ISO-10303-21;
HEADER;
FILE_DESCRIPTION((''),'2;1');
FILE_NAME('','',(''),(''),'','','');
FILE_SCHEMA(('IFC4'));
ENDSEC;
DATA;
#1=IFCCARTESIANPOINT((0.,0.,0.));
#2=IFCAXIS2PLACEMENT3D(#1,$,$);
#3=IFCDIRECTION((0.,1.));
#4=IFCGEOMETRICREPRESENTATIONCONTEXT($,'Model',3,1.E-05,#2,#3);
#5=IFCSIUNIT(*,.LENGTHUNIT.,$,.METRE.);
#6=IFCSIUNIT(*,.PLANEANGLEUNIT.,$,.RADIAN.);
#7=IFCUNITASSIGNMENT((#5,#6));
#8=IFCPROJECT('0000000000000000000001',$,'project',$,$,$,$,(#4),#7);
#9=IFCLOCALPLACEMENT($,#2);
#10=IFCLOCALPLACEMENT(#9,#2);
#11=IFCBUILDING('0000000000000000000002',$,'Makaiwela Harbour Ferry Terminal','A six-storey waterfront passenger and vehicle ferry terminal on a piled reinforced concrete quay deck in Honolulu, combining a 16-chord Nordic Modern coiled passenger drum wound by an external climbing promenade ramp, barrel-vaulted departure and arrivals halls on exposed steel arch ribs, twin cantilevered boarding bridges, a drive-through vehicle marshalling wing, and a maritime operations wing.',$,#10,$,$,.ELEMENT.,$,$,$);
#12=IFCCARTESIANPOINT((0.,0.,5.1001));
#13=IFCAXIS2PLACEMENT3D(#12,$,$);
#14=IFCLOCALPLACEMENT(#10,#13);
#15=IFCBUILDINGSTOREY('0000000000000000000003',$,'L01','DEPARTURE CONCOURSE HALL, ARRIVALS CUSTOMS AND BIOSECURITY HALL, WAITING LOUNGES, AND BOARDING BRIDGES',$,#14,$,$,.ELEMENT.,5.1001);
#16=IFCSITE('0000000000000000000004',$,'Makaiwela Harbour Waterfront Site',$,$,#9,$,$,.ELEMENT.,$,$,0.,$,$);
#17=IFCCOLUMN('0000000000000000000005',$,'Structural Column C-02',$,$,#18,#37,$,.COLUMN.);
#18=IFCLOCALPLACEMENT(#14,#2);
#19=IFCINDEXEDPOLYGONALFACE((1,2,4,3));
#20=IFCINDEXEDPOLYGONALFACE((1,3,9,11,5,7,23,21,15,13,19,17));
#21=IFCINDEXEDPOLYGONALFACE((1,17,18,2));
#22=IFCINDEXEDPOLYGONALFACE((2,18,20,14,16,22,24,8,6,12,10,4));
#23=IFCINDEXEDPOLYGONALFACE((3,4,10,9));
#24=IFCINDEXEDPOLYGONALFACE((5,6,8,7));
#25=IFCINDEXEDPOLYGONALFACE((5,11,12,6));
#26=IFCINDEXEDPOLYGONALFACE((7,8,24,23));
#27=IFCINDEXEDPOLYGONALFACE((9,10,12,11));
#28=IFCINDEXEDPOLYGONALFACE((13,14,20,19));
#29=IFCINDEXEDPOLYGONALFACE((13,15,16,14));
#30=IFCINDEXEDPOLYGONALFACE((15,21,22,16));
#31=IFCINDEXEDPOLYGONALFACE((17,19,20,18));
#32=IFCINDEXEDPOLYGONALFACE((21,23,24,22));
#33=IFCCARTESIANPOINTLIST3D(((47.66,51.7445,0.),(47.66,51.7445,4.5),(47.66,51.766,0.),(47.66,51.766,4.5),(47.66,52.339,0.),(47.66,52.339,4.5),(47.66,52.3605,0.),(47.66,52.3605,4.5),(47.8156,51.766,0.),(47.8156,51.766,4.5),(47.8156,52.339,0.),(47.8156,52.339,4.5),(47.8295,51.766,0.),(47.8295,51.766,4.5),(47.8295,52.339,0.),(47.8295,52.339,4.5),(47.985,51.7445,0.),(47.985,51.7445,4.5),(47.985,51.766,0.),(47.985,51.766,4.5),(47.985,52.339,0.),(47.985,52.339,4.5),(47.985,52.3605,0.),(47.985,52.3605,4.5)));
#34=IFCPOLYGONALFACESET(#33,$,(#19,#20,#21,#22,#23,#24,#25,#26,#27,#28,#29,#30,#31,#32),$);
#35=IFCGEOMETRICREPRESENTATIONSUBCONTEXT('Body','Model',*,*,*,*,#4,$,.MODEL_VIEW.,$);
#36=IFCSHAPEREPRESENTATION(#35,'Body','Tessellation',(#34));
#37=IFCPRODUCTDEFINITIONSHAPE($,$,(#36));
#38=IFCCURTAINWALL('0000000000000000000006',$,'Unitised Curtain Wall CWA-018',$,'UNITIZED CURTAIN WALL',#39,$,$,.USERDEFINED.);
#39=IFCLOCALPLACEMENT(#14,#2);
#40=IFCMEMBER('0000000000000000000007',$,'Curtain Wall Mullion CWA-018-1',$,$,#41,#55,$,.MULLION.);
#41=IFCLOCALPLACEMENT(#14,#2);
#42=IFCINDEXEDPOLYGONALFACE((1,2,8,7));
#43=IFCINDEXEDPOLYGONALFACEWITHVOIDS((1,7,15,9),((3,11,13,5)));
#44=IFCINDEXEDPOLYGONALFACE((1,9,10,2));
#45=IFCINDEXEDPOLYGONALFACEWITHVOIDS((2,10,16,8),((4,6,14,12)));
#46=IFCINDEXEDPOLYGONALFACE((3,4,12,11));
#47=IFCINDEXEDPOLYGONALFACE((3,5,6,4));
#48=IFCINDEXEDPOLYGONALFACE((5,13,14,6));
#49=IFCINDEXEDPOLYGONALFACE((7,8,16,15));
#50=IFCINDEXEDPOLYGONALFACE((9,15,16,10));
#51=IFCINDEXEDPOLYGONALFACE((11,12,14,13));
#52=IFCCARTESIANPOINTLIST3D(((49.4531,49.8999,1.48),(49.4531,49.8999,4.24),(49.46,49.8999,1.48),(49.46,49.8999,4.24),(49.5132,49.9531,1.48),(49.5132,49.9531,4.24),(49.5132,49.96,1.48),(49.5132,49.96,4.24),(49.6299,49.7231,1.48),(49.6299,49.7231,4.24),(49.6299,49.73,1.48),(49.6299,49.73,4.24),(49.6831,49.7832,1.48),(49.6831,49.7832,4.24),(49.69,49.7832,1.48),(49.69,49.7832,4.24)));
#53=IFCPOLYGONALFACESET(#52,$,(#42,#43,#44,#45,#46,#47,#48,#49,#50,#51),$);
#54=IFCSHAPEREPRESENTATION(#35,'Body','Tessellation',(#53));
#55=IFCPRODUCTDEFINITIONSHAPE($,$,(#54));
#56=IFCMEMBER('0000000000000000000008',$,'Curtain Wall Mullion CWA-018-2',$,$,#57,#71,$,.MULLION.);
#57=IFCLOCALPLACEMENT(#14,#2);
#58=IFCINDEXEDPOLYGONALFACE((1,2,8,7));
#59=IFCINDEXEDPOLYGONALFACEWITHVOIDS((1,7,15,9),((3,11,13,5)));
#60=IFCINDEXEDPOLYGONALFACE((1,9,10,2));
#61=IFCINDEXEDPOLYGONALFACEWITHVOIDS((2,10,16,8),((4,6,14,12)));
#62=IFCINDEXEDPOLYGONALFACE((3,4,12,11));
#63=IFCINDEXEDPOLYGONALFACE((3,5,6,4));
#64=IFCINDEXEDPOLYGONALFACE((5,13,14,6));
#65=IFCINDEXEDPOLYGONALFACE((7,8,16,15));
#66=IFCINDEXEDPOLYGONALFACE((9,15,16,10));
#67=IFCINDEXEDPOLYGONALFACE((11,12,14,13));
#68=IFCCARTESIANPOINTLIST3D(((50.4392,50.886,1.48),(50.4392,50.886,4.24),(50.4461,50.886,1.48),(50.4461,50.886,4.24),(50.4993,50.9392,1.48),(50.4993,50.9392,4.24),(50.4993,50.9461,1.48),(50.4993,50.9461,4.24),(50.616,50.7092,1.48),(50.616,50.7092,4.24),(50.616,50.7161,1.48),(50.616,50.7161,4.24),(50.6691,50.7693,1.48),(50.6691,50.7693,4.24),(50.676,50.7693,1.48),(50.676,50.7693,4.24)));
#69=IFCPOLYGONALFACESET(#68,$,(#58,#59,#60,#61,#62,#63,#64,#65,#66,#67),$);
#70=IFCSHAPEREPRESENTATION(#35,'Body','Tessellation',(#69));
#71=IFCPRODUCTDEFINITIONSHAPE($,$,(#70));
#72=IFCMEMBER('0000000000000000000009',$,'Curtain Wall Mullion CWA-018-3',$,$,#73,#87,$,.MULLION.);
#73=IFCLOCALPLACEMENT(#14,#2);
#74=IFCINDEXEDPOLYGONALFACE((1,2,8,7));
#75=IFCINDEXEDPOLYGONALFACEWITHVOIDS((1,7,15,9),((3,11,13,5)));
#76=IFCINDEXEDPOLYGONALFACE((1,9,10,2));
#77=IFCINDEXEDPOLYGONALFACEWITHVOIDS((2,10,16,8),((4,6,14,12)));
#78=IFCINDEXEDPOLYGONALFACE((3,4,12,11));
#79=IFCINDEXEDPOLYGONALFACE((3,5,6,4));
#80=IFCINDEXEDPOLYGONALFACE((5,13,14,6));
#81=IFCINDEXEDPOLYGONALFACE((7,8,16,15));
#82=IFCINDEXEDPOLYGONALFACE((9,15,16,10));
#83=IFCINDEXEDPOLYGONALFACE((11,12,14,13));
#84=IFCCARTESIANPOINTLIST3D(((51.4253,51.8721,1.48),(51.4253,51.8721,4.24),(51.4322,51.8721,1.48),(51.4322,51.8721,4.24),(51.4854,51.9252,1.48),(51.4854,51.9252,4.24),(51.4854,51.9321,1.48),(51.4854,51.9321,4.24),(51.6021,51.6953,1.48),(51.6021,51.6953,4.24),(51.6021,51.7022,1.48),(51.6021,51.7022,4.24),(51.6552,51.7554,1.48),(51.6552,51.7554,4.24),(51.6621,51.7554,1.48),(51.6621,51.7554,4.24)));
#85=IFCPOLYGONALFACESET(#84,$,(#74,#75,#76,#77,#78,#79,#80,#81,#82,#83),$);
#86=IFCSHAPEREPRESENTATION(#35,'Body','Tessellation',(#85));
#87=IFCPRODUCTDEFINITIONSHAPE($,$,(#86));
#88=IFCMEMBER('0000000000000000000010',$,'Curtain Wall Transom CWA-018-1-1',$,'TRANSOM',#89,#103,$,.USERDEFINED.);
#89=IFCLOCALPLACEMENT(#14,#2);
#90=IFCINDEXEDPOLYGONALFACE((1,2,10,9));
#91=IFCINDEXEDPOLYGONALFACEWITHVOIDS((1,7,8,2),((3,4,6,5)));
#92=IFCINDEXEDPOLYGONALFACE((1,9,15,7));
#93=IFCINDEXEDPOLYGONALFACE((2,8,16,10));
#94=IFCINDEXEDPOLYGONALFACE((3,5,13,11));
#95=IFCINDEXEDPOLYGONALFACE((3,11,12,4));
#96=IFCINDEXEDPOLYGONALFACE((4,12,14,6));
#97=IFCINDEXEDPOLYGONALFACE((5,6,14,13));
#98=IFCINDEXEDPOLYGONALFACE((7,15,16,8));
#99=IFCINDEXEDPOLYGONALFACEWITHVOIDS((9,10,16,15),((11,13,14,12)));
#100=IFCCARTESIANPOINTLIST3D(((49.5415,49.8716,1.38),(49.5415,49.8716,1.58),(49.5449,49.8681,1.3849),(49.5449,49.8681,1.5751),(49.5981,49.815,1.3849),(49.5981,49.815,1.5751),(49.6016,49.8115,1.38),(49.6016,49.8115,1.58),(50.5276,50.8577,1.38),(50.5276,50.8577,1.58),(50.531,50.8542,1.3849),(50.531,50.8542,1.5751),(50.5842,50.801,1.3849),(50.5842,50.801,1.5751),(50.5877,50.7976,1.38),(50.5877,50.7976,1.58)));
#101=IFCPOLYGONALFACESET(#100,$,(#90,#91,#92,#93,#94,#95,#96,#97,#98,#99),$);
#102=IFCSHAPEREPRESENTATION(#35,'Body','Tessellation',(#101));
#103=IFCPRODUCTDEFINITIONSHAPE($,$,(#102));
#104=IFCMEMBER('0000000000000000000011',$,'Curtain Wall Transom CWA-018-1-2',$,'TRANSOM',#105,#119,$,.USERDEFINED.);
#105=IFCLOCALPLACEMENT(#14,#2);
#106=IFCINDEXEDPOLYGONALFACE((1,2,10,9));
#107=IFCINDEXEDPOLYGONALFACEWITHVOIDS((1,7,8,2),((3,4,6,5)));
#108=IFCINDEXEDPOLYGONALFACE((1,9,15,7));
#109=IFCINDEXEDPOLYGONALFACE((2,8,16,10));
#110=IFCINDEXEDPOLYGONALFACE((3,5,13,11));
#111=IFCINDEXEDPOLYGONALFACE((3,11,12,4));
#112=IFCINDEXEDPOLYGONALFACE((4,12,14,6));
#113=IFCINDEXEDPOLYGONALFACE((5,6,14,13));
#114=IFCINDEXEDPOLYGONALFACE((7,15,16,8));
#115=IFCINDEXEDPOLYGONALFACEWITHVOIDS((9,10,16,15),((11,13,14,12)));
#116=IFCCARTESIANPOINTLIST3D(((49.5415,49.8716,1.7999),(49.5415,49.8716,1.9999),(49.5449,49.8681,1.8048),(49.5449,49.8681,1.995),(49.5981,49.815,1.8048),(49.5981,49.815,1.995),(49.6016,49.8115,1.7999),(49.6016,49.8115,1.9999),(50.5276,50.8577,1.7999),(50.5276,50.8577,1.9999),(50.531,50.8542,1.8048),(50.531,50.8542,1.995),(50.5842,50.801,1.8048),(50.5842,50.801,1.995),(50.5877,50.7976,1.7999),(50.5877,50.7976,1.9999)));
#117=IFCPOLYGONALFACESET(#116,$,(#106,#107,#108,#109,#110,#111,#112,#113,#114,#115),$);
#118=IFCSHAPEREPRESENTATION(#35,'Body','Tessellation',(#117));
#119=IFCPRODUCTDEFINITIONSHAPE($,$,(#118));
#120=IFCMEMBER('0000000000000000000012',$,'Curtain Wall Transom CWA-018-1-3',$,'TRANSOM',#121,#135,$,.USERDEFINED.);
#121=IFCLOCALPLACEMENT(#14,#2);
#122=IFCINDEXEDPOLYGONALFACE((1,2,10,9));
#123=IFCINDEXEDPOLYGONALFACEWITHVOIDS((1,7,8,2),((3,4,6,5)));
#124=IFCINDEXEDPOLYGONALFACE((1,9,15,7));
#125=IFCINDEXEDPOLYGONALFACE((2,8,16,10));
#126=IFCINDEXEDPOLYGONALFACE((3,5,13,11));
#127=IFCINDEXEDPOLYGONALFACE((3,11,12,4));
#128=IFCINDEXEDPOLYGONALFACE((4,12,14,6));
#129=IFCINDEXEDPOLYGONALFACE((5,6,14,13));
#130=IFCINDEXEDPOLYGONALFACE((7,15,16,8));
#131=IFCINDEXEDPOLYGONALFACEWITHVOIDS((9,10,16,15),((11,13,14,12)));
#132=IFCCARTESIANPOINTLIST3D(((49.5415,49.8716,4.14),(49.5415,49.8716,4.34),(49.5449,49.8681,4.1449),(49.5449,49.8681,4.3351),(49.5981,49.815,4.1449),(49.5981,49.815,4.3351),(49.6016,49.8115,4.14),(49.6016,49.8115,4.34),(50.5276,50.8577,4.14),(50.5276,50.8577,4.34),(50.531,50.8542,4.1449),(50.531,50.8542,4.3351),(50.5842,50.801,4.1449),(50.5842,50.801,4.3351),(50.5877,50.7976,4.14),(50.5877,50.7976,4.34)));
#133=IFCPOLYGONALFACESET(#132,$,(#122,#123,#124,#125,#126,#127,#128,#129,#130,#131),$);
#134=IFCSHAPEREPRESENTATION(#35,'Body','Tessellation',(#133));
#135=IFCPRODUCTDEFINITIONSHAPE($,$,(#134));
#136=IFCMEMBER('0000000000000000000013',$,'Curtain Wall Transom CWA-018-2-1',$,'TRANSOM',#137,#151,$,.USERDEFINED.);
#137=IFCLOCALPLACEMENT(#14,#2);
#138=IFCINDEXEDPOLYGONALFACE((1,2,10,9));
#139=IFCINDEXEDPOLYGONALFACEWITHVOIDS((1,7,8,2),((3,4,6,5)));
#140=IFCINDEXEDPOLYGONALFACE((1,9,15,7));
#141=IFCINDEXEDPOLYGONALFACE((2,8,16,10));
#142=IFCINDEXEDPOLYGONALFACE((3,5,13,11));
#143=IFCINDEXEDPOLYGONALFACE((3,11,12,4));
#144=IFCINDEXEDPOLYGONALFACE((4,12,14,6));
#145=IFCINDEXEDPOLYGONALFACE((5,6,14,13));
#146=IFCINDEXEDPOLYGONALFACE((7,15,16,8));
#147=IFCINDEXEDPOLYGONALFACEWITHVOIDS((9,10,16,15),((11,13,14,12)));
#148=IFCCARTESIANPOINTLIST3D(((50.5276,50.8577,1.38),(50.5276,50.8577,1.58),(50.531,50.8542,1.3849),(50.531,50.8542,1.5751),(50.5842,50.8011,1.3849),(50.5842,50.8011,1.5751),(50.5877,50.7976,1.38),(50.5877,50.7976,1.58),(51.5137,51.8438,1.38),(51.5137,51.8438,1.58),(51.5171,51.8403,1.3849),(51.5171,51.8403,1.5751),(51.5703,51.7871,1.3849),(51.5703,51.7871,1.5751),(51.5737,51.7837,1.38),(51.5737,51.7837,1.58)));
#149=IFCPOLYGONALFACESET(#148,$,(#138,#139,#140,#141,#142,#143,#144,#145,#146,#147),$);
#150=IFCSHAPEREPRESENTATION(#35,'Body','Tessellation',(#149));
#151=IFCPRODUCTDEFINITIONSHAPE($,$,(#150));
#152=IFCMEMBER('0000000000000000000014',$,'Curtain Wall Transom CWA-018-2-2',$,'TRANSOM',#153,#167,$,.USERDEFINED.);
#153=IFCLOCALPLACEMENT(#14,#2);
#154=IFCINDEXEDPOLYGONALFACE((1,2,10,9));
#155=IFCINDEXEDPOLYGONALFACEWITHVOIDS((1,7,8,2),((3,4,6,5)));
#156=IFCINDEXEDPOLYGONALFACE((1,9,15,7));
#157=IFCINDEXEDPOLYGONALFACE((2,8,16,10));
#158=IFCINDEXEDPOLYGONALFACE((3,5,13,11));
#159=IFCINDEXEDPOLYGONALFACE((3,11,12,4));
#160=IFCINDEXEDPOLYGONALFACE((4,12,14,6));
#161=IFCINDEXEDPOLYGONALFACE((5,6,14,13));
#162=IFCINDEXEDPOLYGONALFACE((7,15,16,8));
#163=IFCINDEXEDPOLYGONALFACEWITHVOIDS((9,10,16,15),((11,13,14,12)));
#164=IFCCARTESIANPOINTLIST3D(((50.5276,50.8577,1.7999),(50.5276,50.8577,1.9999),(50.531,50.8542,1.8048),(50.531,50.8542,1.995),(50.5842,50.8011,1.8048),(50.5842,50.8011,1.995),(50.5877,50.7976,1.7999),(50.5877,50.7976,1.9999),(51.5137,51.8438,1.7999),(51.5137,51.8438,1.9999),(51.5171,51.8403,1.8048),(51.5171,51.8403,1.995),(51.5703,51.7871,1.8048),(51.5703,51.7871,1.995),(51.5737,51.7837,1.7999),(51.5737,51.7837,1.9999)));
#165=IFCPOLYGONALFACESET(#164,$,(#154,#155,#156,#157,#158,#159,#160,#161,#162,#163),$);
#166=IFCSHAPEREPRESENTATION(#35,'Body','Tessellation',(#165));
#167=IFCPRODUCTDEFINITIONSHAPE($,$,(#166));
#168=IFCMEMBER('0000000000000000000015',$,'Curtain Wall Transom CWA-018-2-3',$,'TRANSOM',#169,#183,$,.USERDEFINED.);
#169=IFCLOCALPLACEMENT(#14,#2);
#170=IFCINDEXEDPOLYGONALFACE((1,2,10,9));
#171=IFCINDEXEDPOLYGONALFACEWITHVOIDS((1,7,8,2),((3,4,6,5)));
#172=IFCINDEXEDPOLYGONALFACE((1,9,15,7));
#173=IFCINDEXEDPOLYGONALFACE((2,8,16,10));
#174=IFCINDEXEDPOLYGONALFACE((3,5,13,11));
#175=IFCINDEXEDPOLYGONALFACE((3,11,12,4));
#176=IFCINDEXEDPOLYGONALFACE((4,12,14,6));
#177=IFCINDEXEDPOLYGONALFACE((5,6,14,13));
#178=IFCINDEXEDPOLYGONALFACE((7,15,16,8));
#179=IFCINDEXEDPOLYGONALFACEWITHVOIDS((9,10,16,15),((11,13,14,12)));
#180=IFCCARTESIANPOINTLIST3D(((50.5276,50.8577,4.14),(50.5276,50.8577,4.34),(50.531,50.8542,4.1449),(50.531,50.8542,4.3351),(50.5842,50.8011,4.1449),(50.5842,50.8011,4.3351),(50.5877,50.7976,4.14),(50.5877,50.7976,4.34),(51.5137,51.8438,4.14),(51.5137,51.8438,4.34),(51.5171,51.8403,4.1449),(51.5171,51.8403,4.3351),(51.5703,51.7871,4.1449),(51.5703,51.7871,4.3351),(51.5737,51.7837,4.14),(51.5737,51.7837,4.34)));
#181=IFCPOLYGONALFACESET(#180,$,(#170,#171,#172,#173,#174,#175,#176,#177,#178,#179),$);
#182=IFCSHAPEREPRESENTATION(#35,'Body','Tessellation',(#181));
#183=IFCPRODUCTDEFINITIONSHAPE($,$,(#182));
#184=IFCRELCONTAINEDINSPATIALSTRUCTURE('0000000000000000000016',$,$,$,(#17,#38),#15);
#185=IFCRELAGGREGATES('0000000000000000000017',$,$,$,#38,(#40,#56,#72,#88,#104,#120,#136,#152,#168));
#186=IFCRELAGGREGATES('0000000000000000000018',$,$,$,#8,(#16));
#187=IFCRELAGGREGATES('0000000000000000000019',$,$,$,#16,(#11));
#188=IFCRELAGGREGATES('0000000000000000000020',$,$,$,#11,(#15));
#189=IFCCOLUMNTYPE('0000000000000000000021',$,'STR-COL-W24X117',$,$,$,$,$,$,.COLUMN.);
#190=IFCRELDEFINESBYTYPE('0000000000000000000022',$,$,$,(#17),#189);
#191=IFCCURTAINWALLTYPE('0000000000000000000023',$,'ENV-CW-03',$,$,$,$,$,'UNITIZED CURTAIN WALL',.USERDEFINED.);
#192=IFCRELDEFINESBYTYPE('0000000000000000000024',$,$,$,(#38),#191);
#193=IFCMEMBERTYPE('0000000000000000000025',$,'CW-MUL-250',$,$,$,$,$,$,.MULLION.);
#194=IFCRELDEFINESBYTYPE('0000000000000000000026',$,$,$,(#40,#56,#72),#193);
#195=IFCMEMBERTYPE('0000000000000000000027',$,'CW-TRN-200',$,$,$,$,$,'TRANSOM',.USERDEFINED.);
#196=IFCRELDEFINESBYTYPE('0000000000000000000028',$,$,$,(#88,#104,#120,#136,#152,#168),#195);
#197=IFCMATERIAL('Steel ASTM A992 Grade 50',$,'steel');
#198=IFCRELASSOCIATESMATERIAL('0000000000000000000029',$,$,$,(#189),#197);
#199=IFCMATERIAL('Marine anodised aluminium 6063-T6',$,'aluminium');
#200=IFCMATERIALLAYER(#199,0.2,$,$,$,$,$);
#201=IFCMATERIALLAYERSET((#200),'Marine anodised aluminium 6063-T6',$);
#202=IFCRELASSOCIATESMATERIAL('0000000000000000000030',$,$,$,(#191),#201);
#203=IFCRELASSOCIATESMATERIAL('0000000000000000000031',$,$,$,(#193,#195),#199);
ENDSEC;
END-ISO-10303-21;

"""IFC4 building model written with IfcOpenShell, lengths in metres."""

from ifc_helpers import new_model, si_unit, direction, frame, origin, origin_2d, place, context, subcontext, project, spatial, hollow_rectangle, i_section, extrude, material, layer, layer_set, material_profile, profile_set, type_object, element, aggregate, save


model = new_model("IFC4")

# Units and contexts
model_context = context("Model", 3, precision=1e-05, world=origin(), true_north=direction((0.0, 1.0)))
body_context = subcontext(model_context, "Body", "Model", "MODEL_VIEW")
ifc_project = project(units=[si_unit("LENGTHUNIT", "METRE"), si_unit("PLANEANGLEUNIT", "RADIAN")], contexts=[model_context])

# Site, building, storey
site_placement = place(None, origin())
site = spatial("IfcSite", under=ifc_project, at=site_placement, Name="Makaiwela Harbour Waterfront Site", CompositionType="ELEMENT", RefElevation=0.0)
building_placement = place(site_placement, origin())
building = spatial("IfcBuilding", under=site, at=building_placement, Name="Makaiwela Harbour Ferry Terminal", Description="A six-storey waterfront passenger and vehicle ferry terminal on a piled reinforced concrete quay deck in Honolulu, combining a 16-chord Nordic Modern coiled passenger drum wound by an external climbing promenade ramp, barrel-vaulted departure and arrivals halls on exposed steel arch ribs, twin cantilevered boarding bridges, a drive-through vehicle marshalling wing, and a maritime operations wing.", CompositionType="ELEMENT")
storey_placement = place(building_placement, frame((0.0, 0.0, 5.1001)))
storey = spatial("IfcBuildingStorey", under=building, at=storey_placement, Name="L01", Description="DEPARTURE CONCOURSE HALL, ARRIVALS CUSTOMS AND BIOSECURITY HALL, WAITING LOUNGES, AND BOARDING BRIDGES", CompositionType="ELEMENT", Elevation=5.1001)

# Column
ifc_material_1 = material(Name="Steel ASTM A992 Grade 50", Category="steel")
ifc_material_profile_1 = material_profile(ifc_material_1, i_section(OverallWidth=0.325, OverallDepth=0.616, WebThickness=0.0139, FlangeThickness=0.0215, at=origin_2d()), Name="W24X117")
ifc_profile_set_1 = profile_set([ifc_material_profile_1], Name="Steel ASTM A992 Grade 50")
column_type = type_object("IfcColumnType", Name="STR-COL-W24X117", PredefinedType="COLUMN", material=ifc_profile_set_1)
column_placement = place(storey_placement, frame((47.8225, 52.0525, 0.0), z_axis=(0.0, 0.0, 1.0), x_axis=(1.0, 0.0, 0.0)))
element("IfcColumn", 1, at=column_placement, inside=storey, type_object=column_type, Name="Structural Column C-02", PredefinedType="COLUMN", context=body_context, shape_type="SweptSolid", body=[
    extrude(i_section(OverallWidth=0.325, OverallDepth=0.616, WebThickness=0.0139, FlangeThickness=0.0215, at=origin_2d()), origin(), (0.0, 0.0, 1.0), 4.5),
])

# Curtain wall, members
ifc_material_2 = material(Name="Marine anodised aluminium 6063-T6", Category="aluminium")
ifc_layer_1 = layer(ifc_material_2, 0.2)
ifc_layer_set_1 = layer_set([ifc_layer_1], Name="Marine anodised aluminium 6063-T6")
curtain_wall_type = type_object("IfcCurtainWallType", Name="ENV-CW-03", ElementType="UNITIZED CURTAIN WALL", PredefinedType="USERDEFINED", material=ifc_layer_set_1)
curtain_wall_placement = place(storey_placement, origin())
curtain_wall = element("IfcCurtainWall", 2, at=curtain_wall_placement, inside=storey, type_object=curtain_wall_type, Name="Unitised Curtain Wall CWA-018", ObjectType="UNITIZED CURTAIN WALL", PredefinedType="USERDEFINED")
ifc_material_profile_2 = material_profile(ifc_material_2, hollow_rectangle(XDim=0.085, YDim=0.25, WallThickness=0.0049, at=origin_2d()), Name="CWM-250X85")
ifc_profile_set_2 = profile_set([ifc_material_profile_2], Name="Marine anodised aluminium 6063-T6")
member_type_1 = type_object("IfcMemberType", Name="CW-MUL-250", PredefinedType="MULLION", material=ifc_profile_set_2)
member_1_placement = place(storey_placement, frame((49.5715, 49.8416, 1.48), z_axis=(0.0, 0.0, 1.0), x_axis=(0.707107, 0.707107, 0.0)))
member_1 = element("IfcMember", 3, at=member_1_placement, type_object=member_type_1, Name="Curtain Wall Mullion CWA-018-1", PredefinedType="MULLION", context=body_context, shape_type="SweptSolid", body=[
    extrude(hollow_rectangle(XDim=0.085, YDim=0.25, WallThickness=0.0049, at=origin_2d()), origin(), (0.0, 0.0, 1.0), 2.76),
])
member_2_placement = place(storey_placement, frame((50.5576, 50.8276, 1.48), z_axis=(0.0, 0.0, 1.0), x_axis=(0.707107, 0.707107, 0.0)))
member_2 = element("IfcMember", 4, at=member_2_placement, type_object=member_type_1, Name="Curtain Wall Mullion CWA-018-2", PredefinedType="MULLION", context=body_context, shape_type="SweptSolid", body=[
    extrude(hollow_rectangle(XDim=0.085, YDim=0.25, WallThickness=0.0049, at=origin_2d()), origin(), (0.0, 0.0, 1.0), 2.76),
])
member_3_placement = place(storey_placement, frame((51.5437, 51.8137, 1.48), z_axis=(0.0, 0.0, 1.0), x_axis=(0.707107, 0.707107, 0.0)))
member_3 = element("IfcMember", 5, at=member_3_placement, type_object=member_type_1, Name="Curtain Wall Mullion CWA-018-3", PredefinedType="MULLION", context=body_context, shape_type="SweptSolid", body=[
    extrude(hollow_rectangle(XDim=0.085, YDim=0.25, WallThickness=0.0049, at=origin_2d()), origin(), (0.0, 0.0, 1.0), 2.76),
])
ifc_material_profile_3 = material_profile(ifc_material_2, hollow_rectangle(XDim=0.085, YDim=0.2, WallThickness=0.0049, at=origin_2d()), Name="CWT-200X85")
ifc_profile_set_3 = profile_set([ifc_material_profile_3], Name="Marine anodised aluminium 6063-T6")
member_type_2 = type_object("IfcMemberType", Name="CW-TRN-200", ElementType="TRANSOM", PredefinedType="USERDEFINED", material=ifc_profile_set_3)
member_4_placement = place(storey_placement, frame((49.5715, 49.8416, 1.48), z_axis=(0.707107, 0.707107, 0.0), x_axis=(-0.707107, 0.707107, 0.0)))
member_4 = element("IfcMember", 6, at=member_4_placement, type_object=member_type_2, Name="Curtain Wall Transom CWA-018-1-1", ObjectType="TRANSOM", PredefinedType="USERDEFINED", context=body_context, shape_type="SweptSolid", body=[
    extrude(hollow_rectangle(XDim=0.085, YDim=0.2, WallThickness=0.0049, at=origin_2d()), origin(), (0.0, 0.0, 1.0), 1.3945),
])
member_5_placement = place(storey_placement, frame((49.5715, 49.8416, 1.8999), z_axis=(0.707107, 0.707107, 0.0), x_axis=(-0.707107, 0.707107, 0.0)))
member_5 = element("IfcMember", 7, at=member_5_placement, type_object=member_type_2, Name="Curtain Wall Transom CWA-018-1-2", ObjectType="TRANSOM", PredefinedType="USERDEFINED", context=body_context, shape_type="SweptSolid", body=[
    extrude(hollow_rectangle(XDim=0.085, YDim=0.2, WallThickness=0.0049, at=origin_2d()), origin(), (0.0, 0.0, 1.0), 1.3945),
])
member_6_placement = place(storey_placement, frame((49.5715, 49.8416, 4.24), z_axis=(0.707107, 0.707107, 0.0), x_axis=(-0.707107, 0.707107, 0.0)))
member_6 = element("IfcMember", 8, at=member_6_placement, type_object=member_type_2, Name="Curtain Wall Transom CWA-018-1-3", ObjectType="TRANSOM", PredefinedType="USERDEFINED", context=body_context, shape_type="SweptSolid", body=[
    extrude(hollow_rectangle(XDim=0.085, YDim=0.2, WallThickness=0.0049, at=origin_2d()), origin(), (0.0, 0.0, 1.0), 1.3945),
])
member_7_placement = place(storey_placement, frame((50.5576, 50.8276, 1.48), z_axis=(0.707107, 0.707107, 0.0), x_axis=(-0.707107, 0.707107, 0.0)))
member_7 = element("IfcMember", 9, at=member_7_placement, type_object=member_type_2, Name="Curtain Wall Transom CWA-018-2-1", ObjectType="TRANSOM", PredefinedType="USERDEFINED", context=body_context, shape_type="SweptSolid", body=[
    extrude(hollow_rectangle(XDim=0.085, YDim=0.2, WallThickness=0.0049, at=origin_2d()), origin(), (0.0, 0.0, 1.0), 1.3945),
])
member_8_placement = place(storey_placement, frame((50.5576, 50.8276, 1.8999), z_axis=(0.707107, 0.707107, 0.0), x_axis=(-0.707107, 0.707107, 0.0)))
member_8 = element("IfcMember", 10, at=member_8_placement, type_object=member_type_2, Name="Curtain Wall Transom CWA-018-2-2", ObjectType="TRANSOM", PredefinedType="USERDEFINED", context=body_context, shape_type="SweptSolid", body=[
    extrude(hollow_rectangle(XDim=0.085, YDim=0.2, WallThickness=0.0049, at=origin_2d()), origin(), (0.0, 0.0, 1.0), 1.3945),
])
member_9_placement = place(storey_placement, frame((50.5576, 50.8276, 4.24), z_axis=(0.707107, 0.707107, 0.0), x_axis=(-0.707107, 0.707107, 0.0)))
member_9 = element("IfcMember", 11, at=member_9_placement, type_object=member_type_2, Name="Curtain Wall Transom CWA-018-2-3", ObjectType="TRANSOM", PredefinedType="USERDEFINED", context=body_context, shape_type="SweptSolid", body=[
    extrude(hollow_rectangle(XDim=0.085, YDim=0.2, WallThickness=0.0049, at=origin_2d()), origin(), (0.0, 0.0, 1.0), 1.3945),
])

aggregate(curtain_wall, [member_1, member_2, member_3, member_4, member_5, member_6, member_7, member_8, member_9])

save(model, "model.ifc")
